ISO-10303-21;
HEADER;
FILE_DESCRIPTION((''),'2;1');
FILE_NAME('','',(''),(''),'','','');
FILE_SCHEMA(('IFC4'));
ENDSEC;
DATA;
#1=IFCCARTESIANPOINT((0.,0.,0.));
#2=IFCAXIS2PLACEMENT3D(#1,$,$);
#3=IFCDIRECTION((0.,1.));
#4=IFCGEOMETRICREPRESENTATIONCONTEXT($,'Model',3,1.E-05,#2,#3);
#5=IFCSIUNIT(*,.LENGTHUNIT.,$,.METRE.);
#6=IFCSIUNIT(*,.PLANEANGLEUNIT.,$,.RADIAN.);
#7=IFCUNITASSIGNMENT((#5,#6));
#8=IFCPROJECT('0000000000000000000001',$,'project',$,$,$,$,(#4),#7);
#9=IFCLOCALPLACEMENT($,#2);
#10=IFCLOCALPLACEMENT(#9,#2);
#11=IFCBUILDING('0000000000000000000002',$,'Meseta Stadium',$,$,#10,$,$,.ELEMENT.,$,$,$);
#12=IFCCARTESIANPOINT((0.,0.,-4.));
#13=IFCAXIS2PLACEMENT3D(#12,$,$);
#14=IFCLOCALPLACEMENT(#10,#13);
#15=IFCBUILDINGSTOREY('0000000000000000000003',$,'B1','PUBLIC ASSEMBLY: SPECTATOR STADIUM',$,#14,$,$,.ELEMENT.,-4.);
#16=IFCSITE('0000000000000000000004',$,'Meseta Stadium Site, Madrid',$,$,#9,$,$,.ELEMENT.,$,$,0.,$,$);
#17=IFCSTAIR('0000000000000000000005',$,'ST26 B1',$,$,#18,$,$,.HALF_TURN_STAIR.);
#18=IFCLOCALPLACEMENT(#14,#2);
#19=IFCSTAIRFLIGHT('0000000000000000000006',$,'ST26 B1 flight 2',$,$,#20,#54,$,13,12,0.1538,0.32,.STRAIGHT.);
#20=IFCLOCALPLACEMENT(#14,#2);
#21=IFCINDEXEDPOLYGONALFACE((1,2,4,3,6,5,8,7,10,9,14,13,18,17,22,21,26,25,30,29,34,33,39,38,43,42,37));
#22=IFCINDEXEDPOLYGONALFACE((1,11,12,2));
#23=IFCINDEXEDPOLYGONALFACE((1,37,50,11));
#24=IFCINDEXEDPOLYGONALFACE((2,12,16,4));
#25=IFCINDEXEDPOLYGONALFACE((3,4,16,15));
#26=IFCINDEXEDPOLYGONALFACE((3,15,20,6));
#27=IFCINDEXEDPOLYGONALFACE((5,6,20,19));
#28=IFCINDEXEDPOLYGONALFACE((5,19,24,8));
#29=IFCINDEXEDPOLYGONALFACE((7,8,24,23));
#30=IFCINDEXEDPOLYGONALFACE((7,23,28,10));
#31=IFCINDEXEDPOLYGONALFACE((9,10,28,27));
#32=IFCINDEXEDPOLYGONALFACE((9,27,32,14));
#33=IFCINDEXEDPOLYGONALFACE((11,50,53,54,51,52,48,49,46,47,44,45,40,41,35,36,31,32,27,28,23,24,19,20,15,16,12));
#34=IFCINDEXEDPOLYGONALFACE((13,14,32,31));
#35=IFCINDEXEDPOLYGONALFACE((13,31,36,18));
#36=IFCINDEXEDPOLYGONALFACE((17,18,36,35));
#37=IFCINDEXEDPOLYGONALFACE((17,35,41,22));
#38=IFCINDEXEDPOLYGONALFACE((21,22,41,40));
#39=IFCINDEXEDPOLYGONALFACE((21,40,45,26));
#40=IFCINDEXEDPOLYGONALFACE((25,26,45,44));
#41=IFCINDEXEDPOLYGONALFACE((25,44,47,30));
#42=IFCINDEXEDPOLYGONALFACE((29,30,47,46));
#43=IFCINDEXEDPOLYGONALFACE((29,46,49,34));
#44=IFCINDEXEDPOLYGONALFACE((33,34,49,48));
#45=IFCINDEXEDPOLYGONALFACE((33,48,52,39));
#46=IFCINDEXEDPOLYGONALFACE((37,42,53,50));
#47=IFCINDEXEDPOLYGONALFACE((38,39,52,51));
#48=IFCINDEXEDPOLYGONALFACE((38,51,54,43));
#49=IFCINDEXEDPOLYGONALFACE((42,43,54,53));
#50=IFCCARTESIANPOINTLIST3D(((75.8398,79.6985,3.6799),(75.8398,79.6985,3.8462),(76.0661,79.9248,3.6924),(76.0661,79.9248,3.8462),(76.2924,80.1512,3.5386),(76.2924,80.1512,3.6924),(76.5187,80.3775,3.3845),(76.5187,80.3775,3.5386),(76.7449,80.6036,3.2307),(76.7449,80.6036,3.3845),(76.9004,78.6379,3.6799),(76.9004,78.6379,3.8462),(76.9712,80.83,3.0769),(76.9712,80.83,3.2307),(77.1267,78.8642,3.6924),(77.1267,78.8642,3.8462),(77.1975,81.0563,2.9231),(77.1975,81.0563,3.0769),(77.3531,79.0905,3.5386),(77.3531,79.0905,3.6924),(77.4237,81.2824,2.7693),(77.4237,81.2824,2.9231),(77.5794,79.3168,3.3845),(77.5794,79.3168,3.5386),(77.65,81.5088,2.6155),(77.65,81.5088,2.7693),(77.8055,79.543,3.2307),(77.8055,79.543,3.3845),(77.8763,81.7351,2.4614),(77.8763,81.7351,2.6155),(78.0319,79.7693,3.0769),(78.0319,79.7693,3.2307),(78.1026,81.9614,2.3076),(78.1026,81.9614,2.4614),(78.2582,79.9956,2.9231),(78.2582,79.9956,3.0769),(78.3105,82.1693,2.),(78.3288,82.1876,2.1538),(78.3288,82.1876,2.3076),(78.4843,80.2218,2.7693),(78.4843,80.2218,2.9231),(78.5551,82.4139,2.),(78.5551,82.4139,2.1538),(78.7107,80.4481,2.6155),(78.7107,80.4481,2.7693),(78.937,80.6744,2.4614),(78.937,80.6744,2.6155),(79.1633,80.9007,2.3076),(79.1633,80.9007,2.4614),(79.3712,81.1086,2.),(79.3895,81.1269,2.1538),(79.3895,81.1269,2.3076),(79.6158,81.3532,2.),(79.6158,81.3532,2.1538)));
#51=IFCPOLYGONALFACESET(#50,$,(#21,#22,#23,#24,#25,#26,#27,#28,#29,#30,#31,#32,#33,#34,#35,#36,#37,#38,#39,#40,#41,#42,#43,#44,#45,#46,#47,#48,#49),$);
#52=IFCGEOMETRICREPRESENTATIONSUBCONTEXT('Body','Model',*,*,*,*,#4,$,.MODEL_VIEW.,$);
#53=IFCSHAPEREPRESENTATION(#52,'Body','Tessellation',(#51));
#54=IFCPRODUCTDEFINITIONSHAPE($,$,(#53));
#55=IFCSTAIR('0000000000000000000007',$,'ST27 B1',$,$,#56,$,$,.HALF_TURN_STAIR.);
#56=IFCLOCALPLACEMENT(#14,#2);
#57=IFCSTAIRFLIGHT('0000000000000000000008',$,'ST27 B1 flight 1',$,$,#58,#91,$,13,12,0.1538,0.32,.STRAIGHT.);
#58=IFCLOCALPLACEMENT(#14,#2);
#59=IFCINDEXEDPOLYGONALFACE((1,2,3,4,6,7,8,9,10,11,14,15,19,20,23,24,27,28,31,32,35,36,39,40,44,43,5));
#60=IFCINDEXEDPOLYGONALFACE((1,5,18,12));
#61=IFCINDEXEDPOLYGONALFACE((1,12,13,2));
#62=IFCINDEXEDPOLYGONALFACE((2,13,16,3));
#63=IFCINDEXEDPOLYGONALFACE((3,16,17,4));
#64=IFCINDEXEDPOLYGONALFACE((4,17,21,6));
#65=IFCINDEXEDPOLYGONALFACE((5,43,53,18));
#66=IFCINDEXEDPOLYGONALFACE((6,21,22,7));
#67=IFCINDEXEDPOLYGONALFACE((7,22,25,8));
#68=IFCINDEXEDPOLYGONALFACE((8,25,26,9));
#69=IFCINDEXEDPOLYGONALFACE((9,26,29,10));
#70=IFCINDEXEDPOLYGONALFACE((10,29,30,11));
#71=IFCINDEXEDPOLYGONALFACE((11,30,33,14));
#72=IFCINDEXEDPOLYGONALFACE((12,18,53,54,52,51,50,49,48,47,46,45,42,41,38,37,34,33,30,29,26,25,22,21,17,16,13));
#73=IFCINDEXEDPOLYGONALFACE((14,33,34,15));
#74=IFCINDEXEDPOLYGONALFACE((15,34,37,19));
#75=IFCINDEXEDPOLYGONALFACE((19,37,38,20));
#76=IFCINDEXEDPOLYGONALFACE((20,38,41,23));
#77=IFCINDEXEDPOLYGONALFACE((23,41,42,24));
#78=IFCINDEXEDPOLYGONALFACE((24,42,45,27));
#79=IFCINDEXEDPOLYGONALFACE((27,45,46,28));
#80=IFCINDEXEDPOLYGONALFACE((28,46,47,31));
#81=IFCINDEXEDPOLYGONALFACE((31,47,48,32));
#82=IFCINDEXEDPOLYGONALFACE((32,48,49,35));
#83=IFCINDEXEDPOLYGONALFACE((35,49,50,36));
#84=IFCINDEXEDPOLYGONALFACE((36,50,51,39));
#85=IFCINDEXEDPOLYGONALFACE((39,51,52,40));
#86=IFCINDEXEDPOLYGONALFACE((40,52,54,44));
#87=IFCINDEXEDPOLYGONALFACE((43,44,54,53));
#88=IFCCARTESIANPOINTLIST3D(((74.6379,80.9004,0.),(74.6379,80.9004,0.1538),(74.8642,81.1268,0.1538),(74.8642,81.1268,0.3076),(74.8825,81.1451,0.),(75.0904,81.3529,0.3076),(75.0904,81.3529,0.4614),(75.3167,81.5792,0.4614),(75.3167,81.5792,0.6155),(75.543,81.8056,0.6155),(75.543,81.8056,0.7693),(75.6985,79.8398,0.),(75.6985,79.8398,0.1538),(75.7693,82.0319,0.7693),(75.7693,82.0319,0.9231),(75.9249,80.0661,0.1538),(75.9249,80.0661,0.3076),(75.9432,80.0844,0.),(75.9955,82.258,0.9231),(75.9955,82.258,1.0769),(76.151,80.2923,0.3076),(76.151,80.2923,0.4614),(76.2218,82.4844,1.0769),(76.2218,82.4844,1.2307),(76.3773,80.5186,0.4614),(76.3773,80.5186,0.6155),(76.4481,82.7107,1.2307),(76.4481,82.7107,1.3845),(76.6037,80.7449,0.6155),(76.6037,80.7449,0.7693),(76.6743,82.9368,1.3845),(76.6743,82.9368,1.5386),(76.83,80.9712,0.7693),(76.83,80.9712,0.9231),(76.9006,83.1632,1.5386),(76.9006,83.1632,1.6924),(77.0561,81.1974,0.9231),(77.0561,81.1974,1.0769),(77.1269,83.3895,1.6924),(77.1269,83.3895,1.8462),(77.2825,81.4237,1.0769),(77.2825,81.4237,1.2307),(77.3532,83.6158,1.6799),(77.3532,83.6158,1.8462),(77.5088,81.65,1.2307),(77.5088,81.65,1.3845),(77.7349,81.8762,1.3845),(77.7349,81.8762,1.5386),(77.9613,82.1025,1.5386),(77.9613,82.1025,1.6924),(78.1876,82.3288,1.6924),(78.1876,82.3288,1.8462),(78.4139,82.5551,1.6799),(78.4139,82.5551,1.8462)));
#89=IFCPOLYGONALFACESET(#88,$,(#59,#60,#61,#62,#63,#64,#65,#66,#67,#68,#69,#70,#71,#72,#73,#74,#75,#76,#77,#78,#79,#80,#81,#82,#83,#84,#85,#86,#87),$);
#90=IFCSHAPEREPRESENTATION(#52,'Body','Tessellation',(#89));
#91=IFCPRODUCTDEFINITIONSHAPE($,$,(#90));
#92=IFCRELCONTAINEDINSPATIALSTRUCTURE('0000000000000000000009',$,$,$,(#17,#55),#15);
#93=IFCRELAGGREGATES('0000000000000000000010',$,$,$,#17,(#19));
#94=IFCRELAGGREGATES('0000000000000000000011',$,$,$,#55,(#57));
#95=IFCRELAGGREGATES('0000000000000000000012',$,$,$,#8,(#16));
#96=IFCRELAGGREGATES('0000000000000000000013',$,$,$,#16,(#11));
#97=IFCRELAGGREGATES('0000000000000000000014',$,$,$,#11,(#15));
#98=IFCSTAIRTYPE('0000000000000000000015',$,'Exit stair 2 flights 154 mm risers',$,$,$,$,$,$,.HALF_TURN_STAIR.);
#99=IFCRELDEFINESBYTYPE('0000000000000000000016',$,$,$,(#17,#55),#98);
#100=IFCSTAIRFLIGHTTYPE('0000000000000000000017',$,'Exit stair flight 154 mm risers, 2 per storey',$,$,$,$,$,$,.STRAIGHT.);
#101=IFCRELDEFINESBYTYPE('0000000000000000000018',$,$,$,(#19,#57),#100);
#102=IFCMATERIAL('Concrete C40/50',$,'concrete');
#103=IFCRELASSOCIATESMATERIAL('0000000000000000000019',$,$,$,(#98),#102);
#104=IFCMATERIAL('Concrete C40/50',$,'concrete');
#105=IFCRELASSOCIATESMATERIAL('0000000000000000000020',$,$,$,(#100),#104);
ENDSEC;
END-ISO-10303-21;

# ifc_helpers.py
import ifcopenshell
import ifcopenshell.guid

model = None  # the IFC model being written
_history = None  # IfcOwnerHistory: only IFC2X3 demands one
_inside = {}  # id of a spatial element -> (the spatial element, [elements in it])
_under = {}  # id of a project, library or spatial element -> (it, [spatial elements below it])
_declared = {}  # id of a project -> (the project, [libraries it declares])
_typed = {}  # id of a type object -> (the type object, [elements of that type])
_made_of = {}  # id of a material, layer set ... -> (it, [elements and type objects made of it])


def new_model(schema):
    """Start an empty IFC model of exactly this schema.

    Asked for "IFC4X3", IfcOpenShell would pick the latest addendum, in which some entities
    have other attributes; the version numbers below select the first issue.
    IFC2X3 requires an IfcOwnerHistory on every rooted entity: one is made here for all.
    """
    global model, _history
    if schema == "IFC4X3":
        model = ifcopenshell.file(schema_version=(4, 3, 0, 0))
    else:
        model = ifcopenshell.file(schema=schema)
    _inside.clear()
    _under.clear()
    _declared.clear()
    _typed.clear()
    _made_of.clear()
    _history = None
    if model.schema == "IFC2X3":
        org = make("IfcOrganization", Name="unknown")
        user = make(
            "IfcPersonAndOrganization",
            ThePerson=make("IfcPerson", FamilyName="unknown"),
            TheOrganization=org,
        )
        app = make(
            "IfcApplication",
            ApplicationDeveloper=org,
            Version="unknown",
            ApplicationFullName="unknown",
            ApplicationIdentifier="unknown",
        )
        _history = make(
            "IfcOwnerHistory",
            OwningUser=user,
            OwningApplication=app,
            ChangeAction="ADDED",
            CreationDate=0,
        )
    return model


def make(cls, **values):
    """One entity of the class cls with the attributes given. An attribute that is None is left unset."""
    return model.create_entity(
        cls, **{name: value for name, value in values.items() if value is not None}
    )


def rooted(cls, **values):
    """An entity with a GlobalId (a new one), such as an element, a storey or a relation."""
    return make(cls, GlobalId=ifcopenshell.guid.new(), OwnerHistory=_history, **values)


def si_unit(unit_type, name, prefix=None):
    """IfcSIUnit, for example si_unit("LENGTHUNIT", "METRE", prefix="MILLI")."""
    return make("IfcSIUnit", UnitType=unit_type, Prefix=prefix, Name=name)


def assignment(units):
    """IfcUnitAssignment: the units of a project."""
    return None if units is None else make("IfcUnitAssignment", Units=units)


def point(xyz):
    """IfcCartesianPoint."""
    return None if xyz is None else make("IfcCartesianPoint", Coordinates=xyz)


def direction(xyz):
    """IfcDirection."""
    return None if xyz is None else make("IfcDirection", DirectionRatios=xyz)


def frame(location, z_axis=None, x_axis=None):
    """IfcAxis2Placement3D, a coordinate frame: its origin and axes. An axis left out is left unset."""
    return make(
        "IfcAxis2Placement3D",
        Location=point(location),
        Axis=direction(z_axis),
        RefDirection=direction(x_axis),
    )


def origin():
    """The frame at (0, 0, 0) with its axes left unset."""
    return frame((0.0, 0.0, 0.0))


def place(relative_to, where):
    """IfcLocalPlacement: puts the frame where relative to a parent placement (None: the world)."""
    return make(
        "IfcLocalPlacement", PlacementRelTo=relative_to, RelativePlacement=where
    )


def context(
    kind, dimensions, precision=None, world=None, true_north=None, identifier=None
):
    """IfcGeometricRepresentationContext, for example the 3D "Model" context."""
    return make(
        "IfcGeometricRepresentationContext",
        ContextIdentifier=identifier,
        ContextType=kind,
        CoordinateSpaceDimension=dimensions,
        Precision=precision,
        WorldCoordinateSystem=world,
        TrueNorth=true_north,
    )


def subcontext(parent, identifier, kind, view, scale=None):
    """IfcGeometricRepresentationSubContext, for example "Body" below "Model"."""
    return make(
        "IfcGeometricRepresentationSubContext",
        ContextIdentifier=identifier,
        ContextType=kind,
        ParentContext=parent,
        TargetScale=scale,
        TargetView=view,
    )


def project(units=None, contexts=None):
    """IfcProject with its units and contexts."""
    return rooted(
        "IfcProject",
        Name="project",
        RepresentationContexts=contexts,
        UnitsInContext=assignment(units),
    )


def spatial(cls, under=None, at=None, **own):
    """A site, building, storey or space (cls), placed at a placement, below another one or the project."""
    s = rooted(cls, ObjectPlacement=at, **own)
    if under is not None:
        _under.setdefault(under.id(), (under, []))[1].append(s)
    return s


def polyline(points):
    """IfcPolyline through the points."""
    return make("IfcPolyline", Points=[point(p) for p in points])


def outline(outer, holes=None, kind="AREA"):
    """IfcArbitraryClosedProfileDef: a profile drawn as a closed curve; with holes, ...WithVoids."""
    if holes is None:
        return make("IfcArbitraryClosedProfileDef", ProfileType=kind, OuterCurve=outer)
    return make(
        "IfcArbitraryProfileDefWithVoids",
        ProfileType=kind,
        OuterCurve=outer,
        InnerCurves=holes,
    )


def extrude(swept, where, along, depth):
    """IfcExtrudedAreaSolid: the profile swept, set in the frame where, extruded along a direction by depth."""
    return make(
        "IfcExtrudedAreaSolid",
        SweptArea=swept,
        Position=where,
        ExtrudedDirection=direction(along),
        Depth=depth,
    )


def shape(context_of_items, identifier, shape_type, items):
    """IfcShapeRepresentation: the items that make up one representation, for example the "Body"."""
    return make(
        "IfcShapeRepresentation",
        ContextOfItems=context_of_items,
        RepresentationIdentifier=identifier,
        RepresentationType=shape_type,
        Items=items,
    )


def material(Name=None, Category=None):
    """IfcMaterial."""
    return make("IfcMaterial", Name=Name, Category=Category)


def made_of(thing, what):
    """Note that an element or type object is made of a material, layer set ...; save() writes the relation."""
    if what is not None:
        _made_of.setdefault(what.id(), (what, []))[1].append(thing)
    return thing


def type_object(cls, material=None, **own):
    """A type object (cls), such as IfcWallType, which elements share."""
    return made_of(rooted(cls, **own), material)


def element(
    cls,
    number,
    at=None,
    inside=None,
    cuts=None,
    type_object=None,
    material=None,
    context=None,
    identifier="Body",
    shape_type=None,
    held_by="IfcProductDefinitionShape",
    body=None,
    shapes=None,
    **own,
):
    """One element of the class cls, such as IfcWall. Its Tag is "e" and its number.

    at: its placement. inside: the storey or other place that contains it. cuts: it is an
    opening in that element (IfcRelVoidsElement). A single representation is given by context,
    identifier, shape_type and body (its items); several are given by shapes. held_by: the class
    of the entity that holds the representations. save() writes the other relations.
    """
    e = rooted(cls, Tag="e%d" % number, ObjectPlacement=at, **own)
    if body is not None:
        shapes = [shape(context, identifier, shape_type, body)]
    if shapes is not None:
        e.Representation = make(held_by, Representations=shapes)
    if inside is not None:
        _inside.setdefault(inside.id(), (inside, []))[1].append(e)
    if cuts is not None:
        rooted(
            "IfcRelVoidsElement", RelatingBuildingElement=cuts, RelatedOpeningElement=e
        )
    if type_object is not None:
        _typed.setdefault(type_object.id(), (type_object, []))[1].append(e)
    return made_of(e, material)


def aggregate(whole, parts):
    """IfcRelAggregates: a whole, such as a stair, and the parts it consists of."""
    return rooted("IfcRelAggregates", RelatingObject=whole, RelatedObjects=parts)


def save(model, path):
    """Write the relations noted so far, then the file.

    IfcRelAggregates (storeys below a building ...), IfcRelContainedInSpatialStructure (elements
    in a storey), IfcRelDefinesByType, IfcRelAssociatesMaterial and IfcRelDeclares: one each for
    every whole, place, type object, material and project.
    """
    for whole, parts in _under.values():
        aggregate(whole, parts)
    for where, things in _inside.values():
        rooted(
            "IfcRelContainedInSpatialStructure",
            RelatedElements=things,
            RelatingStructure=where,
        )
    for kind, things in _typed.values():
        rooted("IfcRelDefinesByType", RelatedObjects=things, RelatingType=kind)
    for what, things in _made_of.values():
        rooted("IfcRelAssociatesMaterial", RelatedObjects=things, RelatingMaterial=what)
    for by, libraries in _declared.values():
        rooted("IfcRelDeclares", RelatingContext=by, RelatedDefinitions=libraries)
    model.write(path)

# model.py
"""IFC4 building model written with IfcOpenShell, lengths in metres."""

from ifc_helpers import new_model, si_unit, direction, frame, origin, place, context, subcontext, project, spatial, polyline, outline, extrude, material, type_object, element, aggregate, save


model = new_model("IFC4")

# Units and contexts
model_context = context("Model", 3, precision=1e-05, world=origin(), true_north=direction((0.0, 1.0)))
body_context = subcontext(model_context, "Body", "Model", "MODEL_VIEW")
ifc_project = project(units=[si_unit("LENGTHUNIT", "METRE"), si_unit("PLANEANGLEUNIT", "RADIAN")], contexts=[model_context])

# Site, building, storey
site_placement = place(None, origin())
site = spatial("IfcSite", under=ifc_project, at=site_placement, Name="Meseta Stadium Site, Madrid", CompositionType="ELEMENT", RefElevation=0.0)
building_placement = place(site_placement, origin())
building = spatial("IfcBuilding", under=site, at=building_placement, Name="Meseta Stadium", CompositionType="ELEMENT")
storey_placement = place(building_placement, frame((0.0, 0.0, -4.0)))
storey = spatial("IfcBuildingStorey", under=building, at=storey_placement, Name="B1", Description="PUBLIC ASSEMBLY: SPECTATOR STADIUM", CompositionType="ELEMENT", Elevation=-4.0)

# Shared definitions
ifc_material_1 = material(Name="Concrete C40/50", Category="concrete")
stair_type = type_object("IfcStairType", Name="Exit stair 2 flights 154 mm risers", PredefinedType="HALF_TURN_STAIR", material=ifc_material_1)
ifc_material_2 = material(Name="Concrete C40/50", Category="concrete")
stair_flight_type = type_object("IfcStairFlightType", Name="Exit stair flight 154 mm risers, 2 per storey", PredefinedType="STRAIGHT", material=ifc_material_2)

# Stair, stair flight
stair_1_placement = place(storey_placement, origin())
stair_1 = element("IfcStair", 1, at=stair_1_placement, inside=storey, type_object=stair_type, Name="ST26 B1", PredefinedType="HALF_TURN_STAIR")
stair_flight_1_placement = place(storey_placement, frame((79.0854, 81.8835, 2.0), z_axis=(0.0, 0.0, 1.0), x_axis=(-0.707107, -0.707107, 0.0)))
stair_flight_1 = element("IfcStairFlight", 2, at=stair_flight_1_placement, type_object=stair_flight_type, Name="ST26 B1 flight 2", NumberOfRisers=13, NumberOfTreads=12, PredefinedType="STRAIGHT", RiserHeight=0.1538, TreadLength=0.32, context=body_context, shape_type="SweptSolid", body=[
    extrude(outline(polyline([(0.0, 0.0), (0.0, 0.1538), (0.3201, 0.1538), (0.3201, 0.3076), (0.6399, 0.3076), (0.6399, 0.4614), (0.96, 0.4614), (0.96, 0.6155), (1.28, 0.6155), (1.28, 0.7693), (1.6001, 0.7693), (1.6001, 0.9231), (1.9199, 0.9231), (1.9199, 1.0769), (2.24, 1.0769), (2.24, 1.2307), (2.5601, 1.2307), (2.5601, 1.3845), (2.8799, 1.3845), (2.8799, 1.5386), (3.2, 1.5386), (3.2, 1.6924), (3.52, 1.6924), (3.52, 1.8462), (3.8401, 1.8462), (3.8401, 1.6799), (0.3459, 0.0), (0.0, 0.0)])), frame((0.0, 0.75, 0.0), z_axis=(0.0, -1.0, 0.0), x_axis=(1.0, 0.0, 0.0)), (0.0, 0.0, 1.0), 1.5),
])
aggregate(stair_1, [stair_flight_1])

# Stair, stair flight
stair_2_placement = place(storey_placement, origin())
stair_2 = element("IfcStair", 3, at=stair_2_placement, inside=storey, type_object=stair_type, Name="ST27 B1", PredefinedType="HALF_TURN_STAIR")
stair_flight_2_placement = place(storey_placement, frame((75.1682, 80.3701, 0.0), z_axis=(0.0, 0.0, 1.0), x_axis=(0.707107, 0.707107, 0.0)))
stair_flight_2 = element("IfcStairFlight", 4, at=stair_flight_2_placement, type_object=stair_flight_type, Name="ST27 B1 flight 1", NumberOfRisers=13, NumberOfTreads=12, PredefinedType="STRAIGHT", RiserHeight=0.1538, TreadLength=0.32, context=body_context, shape_type="SweptSolid", body=[
    extrude(outline(polyline([(0.0, 0.0), (0.0, 0.1538), (0.3201, 0.1538), (0.3201, 0.3076), (0.6399, 0.3076), (0.6399, 0.4614), (0.96, 0.4614), (0.96, 0.6155), (1.28, 0.6155), (1.28, 0.7693), (1.6001, 0.7693), (1.6001, 0.9231), (1.9199, 0.9231), (1.9199, 1.0769), (2.24, 1.0769), (2.24, 1.2307), (2.5601, 1.2307), (2.5601, 1.3845), (2.8799, 1.3845), (2.8799, 1.5386), (3.2, 1.5386), (3.2, 1.6924), (3.52, 1.6924), (3.52, 1.8462), (3.8401, 1.8462), (3.8401, 1.6799), (0.3459, 0.0), (0.0, 0.0)])), frame((0.0, 0.75, 0.0), z_axis=(0.0, -1.0, 0.0), x_axis=(1.0, 0.0, 0.0)), (0.0, 0.0, 1.0), 1.5),
])
aggregate(stair_2, [stair_flight_2])

save(model, "model.ifc")
